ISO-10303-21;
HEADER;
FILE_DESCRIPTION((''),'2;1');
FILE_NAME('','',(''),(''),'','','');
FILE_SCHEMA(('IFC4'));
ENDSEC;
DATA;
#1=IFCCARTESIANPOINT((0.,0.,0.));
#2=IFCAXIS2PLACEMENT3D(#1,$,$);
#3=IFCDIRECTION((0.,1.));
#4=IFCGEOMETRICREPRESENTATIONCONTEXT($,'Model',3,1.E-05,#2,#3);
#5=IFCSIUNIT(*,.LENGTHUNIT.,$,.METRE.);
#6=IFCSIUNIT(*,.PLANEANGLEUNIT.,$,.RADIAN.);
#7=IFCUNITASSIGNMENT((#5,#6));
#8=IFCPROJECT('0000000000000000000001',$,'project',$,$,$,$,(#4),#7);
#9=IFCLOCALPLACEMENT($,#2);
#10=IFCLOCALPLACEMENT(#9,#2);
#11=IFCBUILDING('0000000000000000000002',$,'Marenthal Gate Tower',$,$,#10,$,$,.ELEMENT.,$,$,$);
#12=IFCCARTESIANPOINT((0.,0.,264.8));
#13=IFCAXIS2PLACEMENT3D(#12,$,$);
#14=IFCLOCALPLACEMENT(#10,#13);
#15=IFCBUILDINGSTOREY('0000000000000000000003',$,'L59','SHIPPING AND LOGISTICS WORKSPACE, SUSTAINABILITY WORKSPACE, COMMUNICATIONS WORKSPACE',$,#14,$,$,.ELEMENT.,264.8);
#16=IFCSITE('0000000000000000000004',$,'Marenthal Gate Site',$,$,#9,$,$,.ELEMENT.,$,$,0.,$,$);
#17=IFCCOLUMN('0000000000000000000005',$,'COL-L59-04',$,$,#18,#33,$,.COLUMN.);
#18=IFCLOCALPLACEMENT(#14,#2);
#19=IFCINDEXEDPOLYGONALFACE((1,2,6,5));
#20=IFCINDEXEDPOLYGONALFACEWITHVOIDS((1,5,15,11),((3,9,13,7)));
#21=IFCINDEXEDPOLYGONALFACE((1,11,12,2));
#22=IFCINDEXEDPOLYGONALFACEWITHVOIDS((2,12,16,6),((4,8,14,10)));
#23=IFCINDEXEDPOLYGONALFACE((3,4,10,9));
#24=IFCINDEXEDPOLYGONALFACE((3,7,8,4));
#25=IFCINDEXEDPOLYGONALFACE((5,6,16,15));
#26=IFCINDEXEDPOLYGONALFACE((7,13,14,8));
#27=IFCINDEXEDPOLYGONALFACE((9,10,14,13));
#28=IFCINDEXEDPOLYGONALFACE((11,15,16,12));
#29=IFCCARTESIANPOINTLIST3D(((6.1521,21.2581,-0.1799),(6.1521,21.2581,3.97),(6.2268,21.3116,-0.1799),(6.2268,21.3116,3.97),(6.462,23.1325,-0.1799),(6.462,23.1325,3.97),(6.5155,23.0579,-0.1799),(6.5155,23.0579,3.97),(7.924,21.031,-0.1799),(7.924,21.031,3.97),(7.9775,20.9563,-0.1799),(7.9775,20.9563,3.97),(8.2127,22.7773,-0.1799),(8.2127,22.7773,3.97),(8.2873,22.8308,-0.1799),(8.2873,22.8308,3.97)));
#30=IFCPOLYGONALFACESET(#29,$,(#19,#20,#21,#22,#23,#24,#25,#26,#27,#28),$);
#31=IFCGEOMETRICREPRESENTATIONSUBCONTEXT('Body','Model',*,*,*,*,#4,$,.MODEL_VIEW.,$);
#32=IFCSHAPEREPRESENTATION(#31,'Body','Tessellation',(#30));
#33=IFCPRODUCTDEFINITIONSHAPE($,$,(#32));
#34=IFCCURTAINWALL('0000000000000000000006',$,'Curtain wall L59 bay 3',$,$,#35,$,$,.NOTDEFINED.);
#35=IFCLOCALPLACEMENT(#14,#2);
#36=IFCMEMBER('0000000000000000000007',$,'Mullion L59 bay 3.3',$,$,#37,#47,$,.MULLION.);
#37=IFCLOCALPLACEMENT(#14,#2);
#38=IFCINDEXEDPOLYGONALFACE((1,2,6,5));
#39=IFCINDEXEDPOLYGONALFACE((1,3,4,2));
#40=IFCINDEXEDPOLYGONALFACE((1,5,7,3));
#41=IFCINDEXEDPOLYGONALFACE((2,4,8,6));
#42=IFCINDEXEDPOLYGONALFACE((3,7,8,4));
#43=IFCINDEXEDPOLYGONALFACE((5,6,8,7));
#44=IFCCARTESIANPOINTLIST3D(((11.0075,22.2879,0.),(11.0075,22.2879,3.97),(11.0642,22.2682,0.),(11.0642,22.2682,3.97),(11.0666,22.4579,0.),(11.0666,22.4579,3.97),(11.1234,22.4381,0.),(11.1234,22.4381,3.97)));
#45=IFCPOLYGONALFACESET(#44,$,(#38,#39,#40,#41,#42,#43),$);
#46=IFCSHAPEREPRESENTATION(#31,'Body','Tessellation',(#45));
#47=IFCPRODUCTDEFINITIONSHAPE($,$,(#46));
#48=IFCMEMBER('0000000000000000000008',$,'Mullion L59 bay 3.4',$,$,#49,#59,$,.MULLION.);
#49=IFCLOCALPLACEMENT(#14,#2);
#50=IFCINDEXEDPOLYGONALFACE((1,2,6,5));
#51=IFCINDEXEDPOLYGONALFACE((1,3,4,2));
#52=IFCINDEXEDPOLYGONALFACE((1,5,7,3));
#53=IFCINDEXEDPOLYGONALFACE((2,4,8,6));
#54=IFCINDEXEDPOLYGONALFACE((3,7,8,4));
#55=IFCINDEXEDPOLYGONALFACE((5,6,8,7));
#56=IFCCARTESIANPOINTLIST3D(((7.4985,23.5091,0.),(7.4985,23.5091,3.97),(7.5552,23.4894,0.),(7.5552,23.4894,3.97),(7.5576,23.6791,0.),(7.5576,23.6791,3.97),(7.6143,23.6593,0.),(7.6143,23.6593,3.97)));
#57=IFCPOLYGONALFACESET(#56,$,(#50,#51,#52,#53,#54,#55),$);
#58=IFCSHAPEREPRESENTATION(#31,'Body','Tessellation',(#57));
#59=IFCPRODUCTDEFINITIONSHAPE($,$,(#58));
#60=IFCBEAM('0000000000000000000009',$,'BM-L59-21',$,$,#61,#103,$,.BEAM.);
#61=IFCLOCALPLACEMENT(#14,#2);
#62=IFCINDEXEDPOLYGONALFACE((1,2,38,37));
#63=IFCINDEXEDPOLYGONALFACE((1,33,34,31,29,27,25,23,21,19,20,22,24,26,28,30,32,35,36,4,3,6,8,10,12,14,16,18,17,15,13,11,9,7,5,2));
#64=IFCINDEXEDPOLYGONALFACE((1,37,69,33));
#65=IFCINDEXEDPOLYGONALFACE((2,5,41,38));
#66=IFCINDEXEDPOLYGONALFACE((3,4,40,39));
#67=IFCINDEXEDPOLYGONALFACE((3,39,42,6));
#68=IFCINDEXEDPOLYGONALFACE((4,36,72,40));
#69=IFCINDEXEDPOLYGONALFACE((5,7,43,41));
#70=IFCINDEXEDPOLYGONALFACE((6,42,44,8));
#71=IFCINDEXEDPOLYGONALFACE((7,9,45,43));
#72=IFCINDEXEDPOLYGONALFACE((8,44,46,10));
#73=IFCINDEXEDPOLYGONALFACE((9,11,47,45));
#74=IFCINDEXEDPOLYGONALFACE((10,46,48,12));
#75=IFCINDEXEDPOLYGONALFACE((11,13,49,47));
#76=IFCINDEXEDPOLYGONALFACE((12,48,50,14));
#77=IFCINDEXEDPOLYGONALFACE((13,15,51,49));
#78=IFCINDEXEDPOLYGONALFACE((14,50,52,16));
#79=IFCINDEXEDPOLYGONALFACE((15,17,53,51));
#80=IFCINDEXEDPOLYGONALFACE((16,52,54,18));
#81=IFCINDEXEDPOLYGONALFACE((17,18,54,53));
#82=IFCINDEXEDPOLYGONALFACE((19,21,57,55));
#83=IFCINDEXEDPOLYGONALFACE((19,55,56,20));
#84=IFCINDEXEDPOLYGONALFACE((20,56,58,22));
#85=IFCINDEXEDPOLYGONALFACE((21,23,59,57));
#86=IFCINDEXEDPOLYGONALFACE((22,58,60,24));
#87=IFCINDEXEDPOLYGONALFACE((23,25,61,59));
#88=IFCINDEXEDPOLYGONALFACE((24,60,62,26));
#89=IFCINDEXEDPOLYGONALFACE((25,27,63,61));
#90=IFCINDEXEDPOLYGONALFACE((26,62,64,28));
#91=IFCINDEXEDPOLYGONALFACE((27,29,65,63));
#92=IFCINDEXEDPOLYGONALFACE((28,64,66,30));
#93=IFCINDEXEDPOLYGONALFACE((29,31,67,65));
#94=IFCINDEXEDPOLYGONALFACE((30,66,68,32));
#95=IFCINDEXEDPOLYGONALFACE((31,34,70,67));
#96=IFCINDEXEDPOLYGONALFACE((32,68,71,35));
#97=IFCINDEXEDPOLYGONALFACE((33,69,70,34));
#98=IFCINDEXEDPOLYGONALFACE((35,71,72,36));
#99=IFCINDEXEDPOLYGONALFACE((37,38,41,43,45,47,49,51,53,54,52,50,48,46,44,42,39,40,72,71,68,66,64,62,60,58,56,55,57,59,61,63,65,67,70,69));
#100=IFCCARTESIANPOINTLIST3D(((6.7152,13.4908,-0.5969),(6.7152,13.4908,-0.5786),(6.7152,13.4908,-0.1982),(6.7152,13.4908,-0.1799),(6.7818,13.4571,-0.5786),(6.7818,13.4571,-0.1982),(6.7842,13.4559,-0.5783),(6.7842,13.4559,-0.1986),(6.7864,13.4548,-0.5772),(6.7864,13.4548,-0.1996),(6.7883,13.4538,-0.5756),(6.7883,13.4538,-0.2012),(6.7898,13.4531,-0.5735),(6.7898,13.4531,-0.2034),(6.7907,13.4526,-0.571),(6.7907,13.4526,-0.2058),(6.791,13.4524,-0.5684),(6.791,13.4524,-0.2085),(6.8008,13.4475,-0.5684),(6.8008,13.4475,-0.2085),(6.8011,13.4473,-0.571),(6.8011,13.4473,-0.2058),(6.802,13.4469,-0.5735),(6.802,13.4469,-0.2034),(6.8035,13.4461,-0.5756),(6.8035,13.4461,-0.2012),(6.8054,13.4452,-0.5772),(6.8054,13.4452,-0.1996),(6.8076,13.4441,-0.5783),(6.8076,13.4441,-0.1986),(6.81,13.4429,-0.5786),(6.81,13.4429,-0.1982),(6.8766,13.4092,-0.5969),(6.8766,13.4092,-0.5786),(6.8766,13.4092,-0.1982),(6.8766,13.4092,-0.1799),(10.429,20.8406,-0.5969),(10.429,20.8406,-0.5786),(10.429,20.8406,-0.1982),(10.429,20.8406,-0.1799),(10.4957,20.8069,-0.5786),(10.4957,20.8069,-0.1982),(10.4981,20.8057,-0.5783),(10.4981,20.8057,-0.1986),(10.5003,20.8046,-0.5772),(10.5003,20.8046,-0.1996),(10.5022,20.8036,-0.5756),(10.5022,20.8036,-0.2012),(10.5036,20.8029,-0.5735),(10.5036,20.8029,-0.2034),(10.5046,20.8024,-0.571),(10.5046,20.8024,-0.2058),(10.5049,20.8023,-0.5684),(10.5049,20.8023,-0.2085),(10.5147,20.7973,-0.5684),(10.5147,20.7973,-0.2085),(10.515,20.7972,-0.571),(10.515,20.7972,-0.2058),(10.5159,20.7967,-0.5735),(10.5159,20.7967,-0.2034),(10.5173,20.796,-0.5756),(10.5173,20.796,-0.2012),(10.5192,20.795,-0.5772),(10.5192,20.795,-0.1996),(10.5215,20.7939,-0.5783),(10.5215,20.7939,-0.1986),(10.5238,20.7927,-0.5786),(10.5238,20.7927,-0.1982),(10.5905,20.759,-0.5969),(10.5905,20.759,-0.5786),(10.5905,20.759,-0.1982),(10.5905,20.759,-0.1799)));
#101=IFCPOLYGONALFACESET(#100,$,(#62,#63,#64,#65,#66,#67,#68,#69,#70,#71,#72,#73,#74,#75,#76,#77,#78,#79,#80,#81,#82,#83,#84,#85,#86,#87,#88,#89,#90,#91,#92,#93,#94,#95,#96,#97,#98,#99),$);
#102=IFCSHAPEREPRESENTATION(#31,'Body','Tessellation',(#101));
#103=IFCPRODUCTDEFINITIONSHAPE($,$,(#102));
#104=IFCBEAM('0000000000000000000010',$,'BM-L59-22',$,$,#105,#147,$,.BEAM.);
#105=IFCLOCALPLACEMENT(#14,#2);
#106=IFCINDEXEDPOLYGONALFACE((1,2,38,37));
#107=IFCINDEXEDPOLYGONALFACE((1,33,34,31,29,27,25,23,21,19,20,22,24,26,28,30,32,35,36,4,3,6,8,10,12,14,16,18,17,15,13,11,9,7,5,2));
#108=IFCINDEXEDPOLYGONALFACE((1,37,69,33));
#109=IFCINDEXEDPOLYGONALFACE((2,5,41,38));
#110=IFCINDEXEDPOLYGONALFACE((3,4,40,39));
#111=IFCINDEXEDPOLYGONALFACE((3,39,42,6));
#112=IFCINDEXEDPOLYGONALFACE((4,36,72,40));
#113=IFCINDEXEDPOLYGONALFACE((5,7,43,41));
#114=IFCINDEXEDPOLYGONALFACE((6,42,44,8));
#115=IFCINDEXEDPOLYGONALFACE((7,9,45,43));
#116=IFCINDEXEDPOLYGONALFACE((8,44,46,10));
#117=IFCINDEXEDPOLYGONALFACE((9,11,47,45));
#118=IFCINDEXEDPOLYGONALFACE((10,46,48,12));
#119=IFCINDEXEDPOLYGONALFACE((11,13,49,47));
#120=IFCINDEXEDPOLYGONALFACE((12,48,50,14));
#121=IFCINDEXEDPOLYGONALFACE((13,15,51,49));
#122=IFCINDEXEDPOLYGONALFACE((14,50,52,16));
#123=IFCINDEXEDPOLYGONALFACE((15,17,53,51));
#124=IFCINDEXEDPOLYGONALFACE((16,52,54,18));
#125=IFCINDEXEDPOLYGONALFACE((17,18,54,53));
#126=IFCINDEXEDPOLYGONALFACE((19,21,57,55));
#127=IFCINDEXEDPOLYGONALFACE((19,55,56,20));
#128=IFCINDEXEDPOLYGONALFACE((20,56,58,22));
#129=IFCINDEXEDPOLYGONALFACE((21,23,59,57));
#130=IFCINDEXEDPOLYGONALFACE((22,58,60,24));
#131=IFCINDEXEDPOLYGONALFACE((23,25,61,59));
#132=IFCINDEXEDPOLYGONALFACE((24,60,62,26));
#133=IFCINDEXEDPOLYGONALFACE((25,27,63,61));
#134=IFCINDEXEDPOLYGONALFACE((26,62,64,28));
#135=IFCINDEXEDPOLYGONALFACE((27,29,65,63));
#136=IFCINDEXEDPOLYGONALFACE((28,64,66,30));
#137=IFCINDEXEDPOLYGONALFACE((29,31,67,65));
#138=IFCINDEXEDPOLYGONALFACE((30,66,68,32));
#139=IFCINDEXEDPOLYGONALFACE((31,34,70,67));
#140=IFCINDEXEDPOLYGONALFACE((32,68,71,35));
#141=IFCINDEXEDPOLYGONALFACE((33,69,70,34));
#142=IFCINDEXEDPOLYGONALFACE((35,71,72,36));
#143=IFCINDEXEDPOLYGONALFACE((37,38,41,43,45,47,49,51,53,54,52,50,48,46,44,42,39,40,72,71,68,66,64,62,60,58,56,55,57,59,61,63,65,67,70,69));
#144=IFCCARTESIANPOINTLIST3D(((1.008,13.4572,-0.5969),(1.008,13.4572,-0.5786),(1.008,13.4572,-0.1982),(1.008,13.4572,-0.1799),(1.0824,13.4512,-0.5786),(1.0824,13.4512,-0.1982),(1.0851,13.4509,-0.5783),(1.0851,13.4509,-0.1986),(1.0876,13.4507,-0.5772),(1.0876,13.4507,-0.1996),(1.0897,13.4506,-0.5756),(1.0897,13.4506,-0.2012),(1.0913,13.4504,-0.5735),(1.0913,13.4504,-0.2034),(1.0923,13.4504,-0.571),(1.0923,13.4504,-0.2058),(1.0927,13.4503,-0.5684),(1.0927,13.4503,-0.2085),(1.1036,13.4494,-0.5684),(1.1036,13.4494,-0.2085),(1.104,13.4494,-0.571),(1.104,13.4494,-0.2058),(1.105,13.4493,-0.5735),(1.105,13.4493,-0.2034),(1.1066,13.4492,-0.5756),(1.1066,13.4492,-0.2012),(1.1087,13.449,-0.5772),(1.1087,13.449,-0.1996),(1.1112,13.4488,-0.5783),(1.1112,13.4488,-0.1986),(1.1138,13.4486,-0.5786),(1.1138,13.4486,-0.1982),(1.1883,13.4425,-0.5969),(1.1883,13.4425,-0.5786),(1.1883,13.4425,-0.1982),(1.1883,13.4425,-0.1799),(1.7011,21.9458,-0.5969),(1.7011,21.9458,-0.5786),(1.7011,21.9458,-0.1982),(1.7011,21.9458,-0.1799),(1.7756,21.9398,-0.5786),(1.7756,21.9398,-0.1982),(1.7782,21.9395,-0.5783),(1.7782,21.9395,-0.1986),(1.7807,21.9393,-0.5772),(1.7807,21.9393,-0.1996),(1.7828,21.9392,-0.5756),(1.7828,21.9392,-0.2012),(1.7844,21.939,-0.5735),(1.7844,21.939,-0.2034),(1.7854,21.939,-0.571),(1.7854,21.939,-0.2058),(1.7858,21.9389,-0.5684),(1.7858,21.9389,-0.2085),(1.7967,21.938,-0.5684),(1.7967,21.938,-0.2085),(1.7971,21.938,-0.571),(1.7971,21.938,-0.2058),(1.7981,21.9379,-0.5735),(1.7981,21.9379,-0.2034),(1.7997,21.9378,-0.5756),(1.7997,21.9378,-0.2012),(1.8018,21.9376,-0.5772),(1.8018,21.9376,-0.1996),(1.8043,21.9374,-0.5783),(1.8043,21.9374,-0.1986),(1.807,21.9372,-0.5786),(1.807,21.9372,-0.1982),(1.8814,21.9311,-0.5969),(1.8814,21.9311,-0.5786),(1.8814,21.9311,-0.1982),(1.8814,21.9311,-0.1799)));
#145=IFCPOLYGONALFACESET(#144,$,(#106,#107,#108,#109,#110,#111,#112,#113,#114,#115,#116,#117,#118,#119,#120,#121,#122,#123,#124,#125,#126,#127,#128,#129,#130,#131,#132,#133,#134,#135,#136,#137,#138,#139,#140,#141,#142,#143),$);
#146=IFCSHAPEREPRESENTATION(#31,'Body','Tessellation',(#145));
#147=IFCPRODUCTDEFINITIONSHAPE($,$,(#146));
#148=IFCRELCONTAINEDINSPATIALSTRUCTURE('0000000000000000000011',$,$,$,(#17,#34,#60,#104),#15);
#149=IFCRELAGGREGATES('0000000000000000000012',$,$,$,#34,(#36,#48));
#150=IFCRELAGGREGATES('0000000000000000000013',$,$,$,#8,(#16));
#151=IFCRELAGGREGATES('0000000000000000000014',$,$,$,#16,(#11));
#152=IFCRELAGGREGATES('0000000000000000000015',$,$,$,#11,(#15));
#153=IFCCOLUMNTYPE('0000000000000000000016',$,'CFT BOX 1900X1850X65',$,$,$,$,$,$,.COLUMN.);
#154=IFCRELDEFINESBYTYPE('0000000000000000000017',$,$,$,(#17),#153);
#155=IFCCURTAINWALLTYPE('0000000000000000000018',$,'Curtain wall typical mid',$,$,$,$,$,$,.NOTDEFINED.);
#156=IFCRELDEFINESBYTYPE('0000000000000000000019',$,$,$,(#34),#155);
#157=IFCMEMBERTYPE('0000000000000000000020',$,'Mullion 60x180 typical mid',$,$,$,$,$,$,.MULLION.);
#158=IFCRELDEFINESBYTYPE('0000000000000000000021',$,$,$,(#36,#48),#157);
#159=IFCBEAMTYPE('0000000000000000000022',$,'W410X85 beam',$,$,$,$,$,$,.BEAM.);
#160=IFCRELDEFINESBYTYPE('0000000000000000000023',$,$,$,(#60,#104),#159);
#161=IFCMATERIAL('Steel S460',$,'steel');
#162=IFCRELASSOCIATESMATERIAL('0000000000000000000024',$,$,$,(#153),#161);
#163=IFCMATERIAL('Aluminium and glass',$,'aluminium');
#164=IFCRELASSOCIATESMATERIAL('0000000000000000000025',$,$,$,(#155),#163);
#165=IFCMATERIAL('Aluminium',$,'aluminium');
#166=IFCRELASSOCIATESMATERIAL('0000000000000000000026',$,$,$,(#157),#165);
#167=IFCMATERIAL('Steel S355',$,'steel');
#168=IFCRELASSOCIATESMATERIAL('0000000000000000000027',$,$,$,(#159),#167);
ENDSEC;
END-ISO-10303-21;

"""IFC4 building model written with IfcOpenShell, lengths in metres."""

from ifc_helpers import new_model, si_unit, direction, frame, origin, origin_2d, place, context, subcontext, project, spatial, rectangle, hollow_rectangle, i_section, extrude, material, material_profile, profile_set, type_object, element, aggregate, save


model = new_model("IFC4")

# Units and contexts
model_context = context("Model", 3, precision=1e-05, world=origin(), true_north=direction((0.0, 1.0)))
body_context = subcontext(model_context, "Body", "Model", "MODEL_VIEW")
ifc_project = project(units=[si_unit("LENGTHUNIT", "METRE"), si_unit("PLANEANGLEUNIT", "RADIAN")], contexts=[model_context])

# Site, building, storey
site_placement = place(None, origin())
site = spatial("IfcSite", under=ifc_project, at=site_placement, Name="Marenthal Gate Site", CompositionType="ELEMENT", RefElevation=0.0)
building_placement = place(site_placement, origin())
building = spatial("IfcBuilding", under=site, at=building_placement, Name="Marenthal Gate Tower", CompositionType="ELEMENT")
storey_placement = place(building_placement, frame((0.0, 0.0, 264.8)))
storey = spatial("IfcBuildingStorey", under=building, at=storey_placement, Name="L59", Description="SHIPPING AND LOGISTICS WORKSPACE, SUSTAINABILITY WORKSPACE, COMMUNICATIONS WORKSPACE", CompositionType="ELEMENT", Elevation=264.8)

# Column
ifc_material_1 = material(Name="Steel S460", Category="steel")
ifc_material_profile_1 = material_profile(ifc_material_1, hollow_rectangle(XDim=1.8501, YDim=1.8999, WallThickness=0.0649, at=origin_2d()), Name="CFT BOX 1900X1850X65")
ifc_material_2 = material(Name="Concrete 70 MPa", Category="concrete")
ifc_material_profile_2 = material_profile(ifc_material_2, rectangle(XDim=1.72, YDim=1.77, at=origin_2d()), Name="CFT BOX 1900X1850X65 INFILL")
ifc_profile_set_1 = profile_set([ifc_material_profile_1, ifc_material_profile_2], Name="Steel S460 shell, Concrete 70 MPa infill")
column_type = type_object("IfcColumnType", Name="CFT BOX 1900X1850X65", PredefinedType="COLUMN", material=ifc_profile_set_1)
column_placement = place(storey_placement, frame((7.2197, 22.0444, -0.1799), z_axis=(0.0, 0.0, 1.0), x_axis=(0.98661, -0.163097, 0.0)))
element("IfcColumn", 1, at=column_placement, inside=storey, type_object=column_type, Name="COL-L59-04", PredefinedType="COLUMN", context=body_context, shape_type="SweptSolid", body=[
    extrude(hollow_rectangle(XDim=1.8501, YDim=1.8999, WallThickness=0.0649, at=origin_2d()), origin(), (0.0, 0.0, 1.0), 4.1499),
])

# Curtain wall, members
ifc_material_3 = material(Name="Aluminium and glass", Category="aluminium")
curtain_wall_type = type_object("IfcCurtainWallType", Name="Curtain wall typical mid", PredefinedType="NOTDEFINED", material=ifc_material_3)
curtain_wall_placement = place(storey_placement, origin())
curtain_wall = element("IfcCurtainWall", 2, at=curtain_wall_placement, inside=storey, type_object=curtain_wall_type, Name="Curtain wall L59 bay 3", PredefinedType="NOTDEFINED")
ifc_material_4 = material(Name="Aluminium", Category="aluminium")
ifc_material_profile_3 = material_profile(ifc_material_4, rectangle(XDim=0.1799, YDim=0.0601, at=origin_2d()), Name="60x180 aluminium mullion")
ifc_profile_set_2 = profile_set([ifc_material_profile_3], Name="Aluminium")
member_type = type_object("IfcMemberType", Name="Mullion 60x180 typical mid", PredefinedType="MULLION", material=ifc_profile_set_2)
member_1_placement = place(storey_placement, frame((11.0654, 22.363, 0.0), z_axis=(0.0, 0.0, 1.0), x_axis=(-0.32867, -0.944445, 0.0)))
member_1 = element("IfcMember", 3, at=member_1_placement, type_object=member_type, Name="Mullion L59 bay 3.3", PredefinedType="MULLION", context=body_context, shape_type="SweptSolid", body=[
    extrude(rectangle(XDim=0.1799, YDim=0.0601, at=origin_2d()), origin(), (0.0, 0.0, 1.0), 3.97),
])
member_2_placement = place(storey_placement, frame((7.5564, 23.5842, 0.0), z_axis=(0.0, 0.0, 1.0), x_axis=(-0.32867, -0.944445, 0.0)))
member_2 = element("IfcMember", 4, at=member_2_placement, type_object=member_type, Name="Mullion L59 bay 3.4", PredefinedType="MULLION", context=body_context, shape_type="SweptSolid", body=[
    extrude(rectangle(XDim=0.1799, YDim=0.0601, at=origin_2d()), origin(), (0.0, 0.0, 1.0), 3.97),
])

# Beams
ifc_material_5 = material(Name="Steel S355", Category="steel")
ifc_material_profile_4 = material_profile(ifc_material_5, i_section(OverallWidth=0.1809, OverallDepth=0.417, WebThickness=0.011, FlangeThickness=0.0183, FilletRadius=0.0103, at=origin_2d()), Name="W410X85")
ifc_profile_set_3 = profile_set([ifc_material_profile_4], Name="Steel S355")
beam_type_1 = type_object("IfcBeamType", Name="W410X85 beam", PredefinedType="BEAM", material=ifc_profile_set_3)
beam_1_placement = place(storey_placement, frame((10.5098, 20.7998, -0.3884), z_axis=(-0.450993, -0.892528, 0.0), x_axis=(0.892528, -0.450993, 0.0)))
element("IfcBeam", 5, at=beam_1_placement, inside=storey, type_object=beam_type_1, Name="BM-L59-21", PredefinedType="BEAM", context=body_context, shape_type="SweptSolid", body=[
    extrude(i_section(OverallWidth=0.1809, OverallDepth=0.417, WebThickness=0.011, FlangeThickness=0.0183, FilletRadius=0.0103, at=origin_2d()), origin(), (0.0, 0.0, 1.0), 8.2349),
])
beam_2_placement = place(storey_placement, frame((1.7913, 21.9385, -0.3884), z_axis=(-0.081382, -0.996683, 0.0), x_axis=(0.996683, -0.081382, 0.0)))
element("IfcBeam", 6, at=beam_2_placement, inside=storey, type_object=beam_type_1, Name="BM-L59-22", PredefinedType="BEAM", context=body_context, shape_type="SweptSolid", body=[
    extrude(i_section(OverallWidth=0.1809, OverallDepth=0.417, WebThickness=0.011, FlangeThickness=0.0183, FilletRadius=0.0103, at=origin_2d()), origin(), (0.0, 0.0, 1.0), 8.5168),
])

aggregate(curtain_wall, [member_1, member_2])

save(model, "model.ifc")
